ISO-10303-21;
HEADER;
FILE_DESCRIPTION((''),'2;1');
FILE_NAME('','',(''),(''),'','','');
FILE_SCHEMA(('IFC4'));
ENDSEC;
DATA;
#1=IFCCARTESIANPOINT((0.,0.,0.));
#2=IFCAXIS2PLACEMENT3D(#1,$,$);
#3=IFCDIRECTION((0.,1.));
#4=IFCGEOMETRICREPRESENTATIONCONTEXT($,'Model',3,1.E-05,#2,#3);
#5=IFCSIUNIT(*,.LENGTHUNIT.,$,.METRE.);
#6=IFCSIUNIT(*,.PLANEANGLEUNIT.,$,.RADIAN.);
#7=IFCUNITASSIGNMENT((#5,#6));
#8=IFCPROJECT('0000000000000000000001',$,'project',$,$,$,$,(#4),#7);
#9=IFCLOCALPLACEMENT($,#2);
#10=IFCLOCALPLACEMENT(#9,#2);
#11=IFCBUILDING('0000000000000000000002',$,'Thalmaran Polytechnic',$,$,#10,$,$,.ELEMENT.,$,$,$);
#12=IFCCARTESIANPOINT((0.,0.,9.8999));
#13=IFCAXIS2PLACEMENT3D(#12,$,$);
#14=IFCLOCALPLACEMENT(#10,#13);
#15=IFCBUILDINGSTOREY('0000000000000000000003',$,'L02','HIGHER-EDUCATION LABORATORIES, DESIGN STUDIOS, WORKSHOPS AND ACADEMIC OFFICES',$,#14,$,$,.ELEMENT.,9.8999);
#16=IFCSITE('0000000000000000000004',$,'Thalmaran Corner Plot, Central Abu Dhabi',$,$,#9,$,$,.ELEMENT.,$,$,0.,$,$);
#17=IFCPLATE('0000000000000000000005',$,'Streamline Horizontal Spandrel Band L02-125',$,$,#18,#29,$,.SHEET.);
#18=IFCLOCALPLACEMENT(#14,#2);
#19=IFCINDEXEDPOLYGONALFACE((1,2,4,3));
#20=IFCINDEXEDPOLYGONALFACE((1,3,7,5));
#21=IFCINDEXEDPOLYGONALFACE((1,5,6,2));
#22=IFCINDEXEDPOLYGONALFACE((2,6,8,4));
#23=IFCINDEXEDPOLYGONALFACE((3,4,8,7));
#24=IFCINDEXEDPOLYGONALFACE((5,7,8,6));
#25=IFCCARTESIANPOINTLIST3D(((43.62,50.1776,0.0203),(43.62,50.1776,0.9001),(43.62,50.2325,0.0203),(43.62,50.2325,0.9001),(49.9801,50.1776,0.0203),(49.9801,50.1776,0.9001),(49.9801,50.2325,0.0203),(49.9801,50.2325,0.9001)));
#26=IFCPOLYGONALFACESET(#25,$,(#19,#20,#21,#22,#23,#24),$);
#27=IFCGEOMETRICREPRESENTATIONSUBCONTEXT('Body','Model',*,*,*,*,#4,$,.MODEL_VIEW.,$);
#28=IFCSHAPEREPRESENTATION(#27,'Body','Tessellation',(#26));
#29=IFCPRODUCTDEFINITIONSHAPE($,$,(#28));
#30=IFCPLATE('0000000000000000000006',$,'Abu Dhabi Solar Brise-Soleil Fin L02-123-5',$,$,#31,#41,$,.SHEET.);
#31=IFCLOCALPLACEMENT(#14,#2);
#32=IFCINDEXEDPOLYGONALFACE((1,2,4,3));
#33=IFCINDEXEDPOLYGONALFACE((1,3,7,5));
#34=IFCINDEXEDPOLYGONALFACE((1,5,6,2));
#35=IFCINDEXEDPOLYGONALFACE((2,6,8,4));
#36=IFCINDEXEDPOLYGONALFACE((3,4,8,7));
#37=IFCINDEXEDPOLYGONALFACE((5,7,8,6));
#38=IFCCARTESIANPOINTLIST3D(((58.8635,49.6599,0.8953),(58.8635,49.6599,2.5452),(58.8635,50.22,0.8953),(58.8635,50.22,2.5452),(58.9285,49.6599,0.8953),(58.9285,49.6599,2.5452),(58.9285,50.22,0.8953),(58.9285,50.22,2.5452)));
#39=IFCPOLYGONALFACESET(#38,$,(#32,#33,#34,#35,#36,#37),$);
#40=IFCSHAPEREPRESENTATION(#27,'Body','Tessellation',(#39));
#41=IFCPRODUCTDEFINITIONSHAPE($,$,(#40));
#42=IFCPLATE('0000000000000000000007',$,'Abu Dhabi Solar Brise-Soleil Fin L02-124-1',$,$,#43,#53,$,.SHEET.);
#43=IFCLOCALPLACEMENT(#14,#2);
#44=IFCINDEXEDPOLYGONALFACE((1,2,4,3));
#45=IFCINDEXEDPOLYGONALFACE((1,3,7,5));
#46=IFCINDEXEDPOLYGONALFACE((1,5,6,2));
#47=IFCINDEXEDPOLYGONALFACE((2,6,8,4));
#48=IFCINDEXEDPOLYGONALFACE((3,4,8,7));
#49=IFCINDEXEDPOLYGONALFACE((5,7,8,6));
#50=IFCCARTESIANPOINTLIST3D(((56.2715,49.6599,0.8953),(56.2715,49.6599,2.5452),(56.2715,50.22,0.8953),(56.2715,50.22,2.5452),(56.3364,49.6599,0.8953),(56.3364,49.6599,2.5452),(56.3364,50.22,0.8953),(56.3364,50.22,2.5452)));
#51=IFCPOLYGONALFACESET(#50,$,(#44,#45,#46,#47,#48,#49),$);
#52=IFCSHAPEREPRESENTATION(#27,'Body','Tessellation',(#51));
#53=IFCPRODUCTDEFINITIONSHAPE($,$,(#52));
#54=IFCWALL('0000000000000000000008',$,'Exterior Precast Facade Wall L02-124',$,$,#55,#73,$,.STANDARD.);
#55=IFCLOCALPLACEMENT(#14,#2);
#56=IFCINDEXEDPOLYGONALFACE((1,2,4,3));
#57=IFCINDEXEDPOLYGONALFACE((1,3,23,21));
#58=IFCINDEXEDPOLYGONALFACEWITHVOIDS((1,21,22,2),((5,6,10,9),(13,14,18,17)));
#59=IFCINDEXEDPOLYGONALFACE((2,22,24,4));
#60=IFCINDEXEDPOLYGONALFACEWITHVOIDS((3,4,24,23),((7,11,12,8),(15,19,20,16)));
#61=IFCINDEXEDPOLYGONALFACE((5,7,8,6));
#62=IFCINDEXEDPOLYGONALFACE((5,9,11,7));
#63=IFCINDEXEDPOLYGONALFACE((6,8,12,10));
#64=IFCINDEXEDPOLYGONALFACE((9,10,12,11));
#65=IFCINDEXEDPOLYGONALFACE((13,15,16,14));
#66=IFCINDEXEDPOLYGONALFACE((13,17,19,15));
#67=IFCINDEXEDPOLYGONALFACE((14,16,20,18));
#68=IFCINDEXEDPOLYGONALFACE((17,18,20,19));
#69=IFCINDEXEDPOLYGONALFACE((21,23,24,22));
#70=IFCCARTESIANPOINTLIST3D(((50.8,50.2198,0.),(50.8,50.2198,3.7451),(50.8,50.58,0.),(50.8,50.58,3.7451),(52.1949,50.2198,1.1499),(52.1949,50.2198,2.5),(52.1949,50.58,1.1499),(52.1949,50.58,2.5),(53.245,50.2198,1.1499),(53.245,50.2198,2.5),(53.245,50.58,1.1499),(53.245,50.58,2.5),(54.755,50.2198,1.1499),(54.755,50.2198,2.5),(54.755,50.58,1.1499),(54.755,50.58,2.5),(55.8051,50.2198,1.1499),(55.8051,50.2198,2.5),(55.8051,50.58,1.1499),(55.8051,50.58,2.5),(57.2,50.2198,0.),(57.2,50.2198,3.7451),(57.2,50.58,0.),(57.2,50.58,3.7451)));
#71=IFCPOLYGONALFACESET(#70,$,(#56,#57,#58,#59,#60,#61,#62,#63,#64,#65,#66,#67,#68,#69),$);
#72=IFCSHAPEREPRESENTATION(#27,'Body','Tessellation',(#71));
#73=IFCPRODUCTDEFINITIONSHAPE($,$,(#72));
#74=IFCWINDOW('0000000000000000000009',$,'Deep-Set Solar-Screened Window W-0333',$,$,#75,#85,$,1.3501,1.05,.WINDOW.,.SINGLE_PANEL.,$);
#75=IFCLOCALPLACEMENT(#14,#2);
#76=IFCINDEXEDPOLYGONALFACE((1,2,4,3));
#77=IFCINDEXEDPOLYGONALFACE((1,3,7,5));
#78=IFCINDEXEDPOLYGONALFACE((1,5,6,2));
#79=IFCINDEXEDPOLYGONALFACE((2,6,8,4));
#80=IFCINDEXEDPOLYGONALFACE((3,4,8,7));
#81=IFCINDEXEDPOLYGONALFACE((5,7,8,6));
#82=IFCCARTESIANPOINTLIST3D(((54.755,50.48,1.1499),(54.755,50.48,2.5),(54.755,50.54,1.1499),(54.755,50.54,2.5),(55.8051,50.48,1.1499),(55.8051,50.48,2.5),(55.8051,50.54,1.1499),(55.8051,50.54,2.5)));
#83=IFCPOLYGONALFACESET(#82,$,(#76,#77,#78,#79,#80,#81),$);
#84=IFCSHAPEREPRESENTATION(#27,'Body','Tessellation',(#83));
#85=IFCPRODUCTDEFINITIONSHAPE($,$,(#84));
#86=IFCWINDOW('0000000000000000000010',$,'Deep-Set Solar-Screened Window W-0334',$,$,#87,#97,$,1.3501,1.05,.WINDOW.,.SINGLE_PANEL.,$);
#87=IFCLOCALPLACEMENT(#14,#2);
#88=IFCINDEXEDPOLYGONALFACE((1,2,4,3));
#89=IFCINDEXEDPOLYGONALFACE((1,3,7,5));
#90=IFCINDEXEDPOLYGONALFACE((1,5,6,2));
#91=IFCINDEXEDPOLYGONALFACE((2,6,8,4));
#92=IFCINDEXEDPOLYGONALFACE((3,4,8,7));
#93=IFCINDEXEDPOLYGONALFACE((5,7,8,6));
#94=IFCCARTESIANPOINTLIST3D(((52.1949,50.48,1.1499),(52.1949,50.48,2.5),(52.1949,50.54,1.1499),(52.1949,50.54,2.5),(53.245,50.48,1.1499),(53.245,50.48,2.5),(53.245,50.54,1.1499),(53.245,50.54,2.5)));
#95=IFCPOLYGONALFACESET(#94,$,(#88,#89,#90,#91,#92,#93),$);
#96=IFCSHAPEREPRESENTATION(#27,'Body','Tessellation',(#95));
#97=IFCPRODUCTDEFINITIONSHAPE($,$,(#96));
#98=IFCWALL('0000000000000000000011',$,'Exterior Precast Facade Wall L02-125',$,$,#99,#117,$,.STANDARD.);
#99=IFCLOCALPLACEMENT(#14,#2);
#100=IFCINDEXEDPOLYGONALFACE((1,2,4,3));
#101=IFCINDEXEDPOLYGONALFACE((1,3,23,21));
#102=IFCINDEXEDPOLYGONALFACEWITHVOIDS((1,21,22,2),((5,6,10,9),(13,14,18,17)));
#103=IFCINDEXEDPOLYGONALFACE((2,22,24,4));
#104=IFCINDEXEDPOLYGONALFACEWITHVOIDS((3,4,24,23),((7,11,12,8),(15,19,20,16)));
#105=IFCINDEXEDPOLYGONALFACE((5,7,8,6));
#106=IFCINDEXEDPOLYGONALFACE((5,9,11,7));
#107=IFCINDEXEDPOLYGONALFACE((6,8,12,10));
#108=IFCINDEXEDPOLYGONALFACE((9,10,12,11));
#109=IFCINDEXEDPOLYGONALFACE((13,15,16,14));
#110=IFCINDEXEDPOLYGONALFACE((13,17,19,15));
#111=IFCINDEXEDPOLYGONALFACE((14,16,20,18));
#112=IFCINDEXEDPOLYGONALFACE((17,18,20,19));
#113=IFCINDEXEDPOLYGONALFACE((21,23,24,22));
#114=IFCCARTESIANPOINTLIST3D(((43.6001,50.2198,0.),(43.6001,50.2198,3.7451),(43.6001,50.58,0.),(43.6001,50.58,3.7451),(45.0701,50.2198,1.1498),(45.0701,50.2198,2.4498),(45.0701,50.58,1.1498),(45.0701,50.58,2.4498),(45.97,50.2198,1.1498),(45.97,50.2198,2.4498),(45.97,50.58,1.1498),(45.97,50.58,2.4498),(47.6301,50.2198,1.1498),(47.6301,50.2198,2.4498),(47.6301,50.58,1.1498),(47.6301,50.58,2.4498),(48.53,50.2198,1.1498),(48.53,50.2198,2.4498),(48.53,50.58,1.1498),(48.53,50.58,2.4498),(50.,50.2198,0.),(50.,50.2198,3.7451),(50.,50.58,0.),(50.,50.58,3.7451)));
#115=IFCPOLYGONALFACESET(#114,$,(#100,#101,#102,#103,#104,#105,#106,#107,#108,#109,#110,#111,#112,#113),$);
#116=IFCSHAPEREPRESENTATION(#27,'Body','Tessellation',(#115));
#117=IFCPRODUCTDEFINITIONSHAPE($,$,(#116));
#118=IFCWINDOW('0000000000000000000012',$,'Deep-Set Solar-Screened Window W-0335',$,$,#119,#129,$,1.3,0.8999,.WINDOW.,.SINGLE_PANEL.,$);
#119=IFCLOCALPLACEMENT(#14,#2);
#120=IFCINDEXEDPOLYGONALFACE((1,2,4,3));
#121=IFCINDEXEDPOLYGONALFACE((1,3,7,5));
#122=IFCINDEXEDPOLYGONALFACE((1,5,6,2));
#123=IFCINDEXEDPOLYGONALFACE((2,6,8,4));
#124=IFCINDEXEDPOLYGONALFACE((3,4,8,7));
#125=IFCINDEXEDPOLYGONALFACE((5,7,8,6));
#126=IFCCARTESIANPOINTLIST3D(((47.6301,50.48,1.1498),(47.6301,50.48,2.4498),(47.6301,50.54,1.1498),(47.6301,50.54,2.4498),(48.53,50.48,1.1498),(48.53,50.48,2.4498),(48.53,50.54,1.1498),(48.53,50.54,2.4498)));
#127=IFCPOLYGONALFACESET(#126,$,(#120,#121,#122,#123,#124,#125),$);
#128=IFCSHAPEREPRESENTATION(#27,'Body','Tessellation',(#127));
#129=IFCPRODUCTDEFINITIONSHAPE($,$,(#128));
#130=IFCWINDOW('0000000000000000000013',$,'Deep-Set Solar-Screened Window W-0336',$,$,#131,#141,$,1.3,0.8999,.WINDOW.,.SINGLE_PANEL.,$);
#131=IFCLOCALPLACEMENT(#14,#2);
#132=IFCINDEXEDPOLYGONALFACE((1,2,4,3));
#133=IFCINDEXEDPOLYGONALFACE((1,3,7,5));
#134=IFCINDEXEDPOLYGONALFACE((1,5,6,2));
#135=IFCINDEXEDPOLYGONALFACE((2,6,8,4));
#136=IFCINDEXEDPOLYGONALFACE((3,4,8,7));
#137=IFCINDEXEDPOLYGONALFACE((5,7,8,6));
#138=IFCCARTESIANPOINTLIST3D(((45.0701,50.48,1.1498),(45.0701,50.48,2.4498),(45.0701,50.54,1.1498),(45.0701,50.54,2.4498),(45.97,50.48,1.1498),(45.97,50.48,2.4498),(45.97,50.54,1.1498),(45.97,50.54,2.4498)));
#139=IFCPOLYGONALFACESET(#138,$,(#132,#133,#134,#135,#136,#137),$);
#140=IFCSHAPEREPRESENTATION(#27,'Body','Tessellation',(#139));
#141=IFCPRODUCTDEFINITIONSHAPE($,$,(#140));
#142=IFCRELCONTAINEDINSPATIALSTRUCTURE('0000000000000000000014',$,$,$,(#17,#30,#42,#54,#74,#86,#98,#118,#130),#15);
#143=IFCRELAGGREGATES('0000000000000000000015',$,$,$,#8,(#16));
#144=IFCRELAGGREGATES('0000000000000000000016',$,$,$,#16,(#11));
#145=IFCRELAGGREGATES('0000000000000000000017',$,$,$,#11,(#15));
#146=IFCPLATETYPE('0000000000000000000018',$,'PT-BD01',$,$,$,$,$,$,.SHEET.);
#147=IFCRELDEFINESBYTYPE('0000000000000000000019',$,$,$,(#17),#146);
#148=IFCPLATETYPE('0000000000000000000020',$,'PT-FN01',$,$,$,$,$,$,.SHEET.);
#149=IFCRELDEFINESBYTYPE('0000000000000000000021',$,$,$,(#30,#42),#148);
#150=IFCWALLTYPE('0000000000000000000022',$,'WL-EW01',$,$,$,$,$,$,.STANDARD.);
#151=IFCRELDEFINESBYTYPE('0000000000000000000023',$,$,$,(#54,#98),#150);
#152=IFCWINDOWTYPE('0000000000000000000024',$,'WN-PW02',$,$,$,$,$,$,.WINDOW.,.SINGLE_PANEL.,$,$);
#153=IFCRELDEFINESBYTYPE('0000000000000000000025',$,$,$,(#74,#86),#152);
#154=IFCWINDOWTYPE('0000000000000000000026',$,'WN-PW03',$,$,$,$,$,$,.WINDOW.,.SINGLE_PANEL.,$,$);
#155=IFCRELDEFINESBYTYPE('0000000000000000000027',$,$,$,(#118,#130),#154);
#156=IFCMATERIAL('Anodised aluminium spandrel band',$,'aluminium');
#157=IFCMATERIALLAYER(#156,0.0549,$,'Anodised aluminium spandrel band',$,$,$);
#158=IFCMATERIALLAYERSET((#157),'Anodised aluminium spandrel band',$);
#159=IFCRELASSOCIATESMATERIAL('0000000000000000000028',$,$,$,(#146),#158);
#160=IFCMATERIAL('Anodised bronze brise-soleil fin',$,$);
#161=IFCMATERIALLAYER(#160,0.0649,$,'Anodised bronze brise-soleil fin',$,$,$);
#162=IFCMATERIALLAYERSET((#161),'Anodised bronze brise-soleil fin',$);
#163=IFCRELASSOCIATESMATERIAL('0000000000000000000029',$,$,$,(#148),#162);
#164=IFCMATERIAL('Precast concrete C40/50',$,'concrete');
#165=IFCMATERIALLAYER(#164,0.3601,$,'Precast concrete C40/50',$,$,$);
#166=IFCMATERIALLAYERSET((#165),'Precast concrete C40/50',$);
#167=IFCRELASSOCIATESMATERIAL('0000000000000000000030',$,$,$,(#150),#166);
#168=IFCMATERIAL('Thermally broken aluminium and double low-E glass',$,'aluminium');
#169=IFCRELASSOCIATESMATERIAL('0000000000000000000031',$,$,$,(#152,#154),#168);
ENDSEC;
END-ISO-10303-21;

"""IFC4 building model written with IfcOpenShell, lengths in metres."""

from ifc_helpers import new_model, si_unit, direction, frame, frame_2d, origin, origin_2d, place, context, subcontext, project, spatial, rectangle, extrude, material, layer, layer_set, type_object, element, fill, save


model = new_model("IFC4")

# Units and contexts
model_context = context("Model", 3, precision=1e-05, world=origin(), true_north=direction((0.0, 1.0)))
body_context = subcontext(model_context, "Body", "Model", "MODEL_VIEW")
ifc_project = project(units=[si_unit("LENGTHUNIT", "METRE"), si_unit("PLANEANGLEUNIT", "RADIAN")], contexts=[model_context])

# Site, building, storey
site_placement = place(None, origin())
site = spatial("IfcSite", under=ifc_project, at=site_placement, Name="Thalmaran Corner Plot, Central Abu Dhabi", CompositionType="ELEMENT", RefElevation=0.0)
building_placement = place(site_placement, origin())
building = spatial("IfcBuilding", under=site, at=building_placement, Name="Thalmaran Polytechnic", CompositionType="ELEMENT")
storey_placement = place(building_placement, frame((0.0, 0.0, 9.8999)))
storey = spatial("IfcBuildingStorey", under=building, at=storey_placement, Name="L02", Description="HIGHER-EDUCATION LABORATORIES, DESIGN STUDIOS, WORKSHOPS AND ACADEMIC OFFICES", CompositionType="ELEMENT", Elevation=9.8999)

# Plates
ifc_material_1 = material(Name="Anodised aluminium spandrel band", Category="aluminium")
ifc_layer_1 = layer(ifc_material_1, 0.0549, Name="Anodised aluminium spandrel band")
ifc_layer_set_1 = layer_set([ifc_layer_1], Name="Anodised aluminium spandrel band")
plate_type_1 = type_object("IfcPlateType", Name="PT-BD01", PredefinedType="SHEET", material=ifc_layer_set_1)
for number, where, z_axis, x_axis, name in (
    (1, (46.8, 50.2051, 0.0203), (0.0, 0.0, 1.0), (-1.0, 0.0, 0.0), "Streamline Horizontal Spandrel Band L02-125"),
):
    element("IfcPlate", number, at=place(storey_placement, frame(where, z_axis=z_axis, x_axis=x_axis)), inside=storey, type_object=plate_type_1, Name=name, PredefinedType="SHEET", context=body_context, shape_type="SweptSolid", body=[
        extrude(rectangle(XDim=6.3601, YDim=0.0549, at=origin_2d()), origin(), (0.0, 0.0, 1.0), 0.8799),
    ])
ifc_material_2 = material(Name="Anodised bronze brise-soleil fin")
ifc_layer_2 = layer(ifc_material_2, 0.0649, Name="Anodised bronze brise-soleil fin")
ifc_layer_set_2 = layer_set([ifc_layer_2], Name="Anodised bronze brise-soleil fin")
plate_type_2 = type_object("IfcPlateType", Name="PT-FN01", PredefinedType="SHEET", material=ifc_layer_set_2)
for number, where, z_axis, x_axis, name in (
    (2, (58.896, 49.9399, 0.8953), (0.0, 0.0, 1.0), (-1.0, 0.0, 0.0), "Abu Dhabi Solar Brise-Soleil Fin L02-123-5"),
    (3, (56.304, 49.9399, 0.8953), (0.0, 0.0, 1.0), (-1.0, 0.0, 0.0), "Abu Dhabi Solar Brise-Soleil Fin L02-124-1"),
):
    element("IfcPlate", number, at=place(storey_placement, frame(where, z_axis=z_axis, x_axis=x_axis)), inside=storey, type_object=plate_type_2, Name=name, PredefinedType="SHEET", context=body_context, shape_type="SweptSolid", body=[
        extrude(rectangle(XDim=0.0649, YDim=0.5601, at=origin_2d()), origin(), (0.0, 0.0, 1.0), 1.6499),
    ])

# Walls, openings, windows
ifc_material_3 = material(Name="Precast concrete C40/50", Category="concrete")
ifc_layer_3 = layer(ifc_material_3, 0.3601, Name="Precast concrete C40/50")
ifc_layer_set_3 = layer_set([ifc_layer_3], Name="Precast concrete C40/50")
wall_type_1 = type_object("IfcWallType", Name="WL-EW01", PredefinedType="STANDARD", material=ifc_layer_set_3)
wall_1_placement = place(storey_placement, frame((57.2, 50.3999, 0.0), z_axis=(0.0, 0.0, 1.0), x_axis=(-1.0, 0.0, 0.0)))
wall_1 = element("IfcWall", 4, at=wall_1_placement, inside=storey, type_object=wall_type_1, Name="Exterior Precast Facade Wall L02-124", PredefinedType="STANDARD", context=body_context, shape_type="SweptSolid", body=[
    extrude(rectangle(XDim=6.3999, YDim=0.3601, at=frame_2d((3.2, 0.0))), origin(), (0.0, 0.0, 1.0), 3.7451),
])
opening_1_placement = place(wall_1_placement, frame((1.395, 0.0, 1.1499)))
opening_1 = element("IfcOpeningElement", 5, at=opening_1_placement, cuts=wall_1, PredefinedType="OPENING", context=body_context, shape_type="SweptSolid", body=[
    extrude(rectangle(XDim=1.05, YDim=1.3501, at=frame_2d((0.5249, 0.675))), frame((0.0, 0.1899, 0.0), z_axis=(0.0, -1.0, 0.0), x_axis=(1.0, 0.0, 0.0)), (0.0, 0.0, 1.0), 0.3801),
])
opening_2_placement = place(wall_1_placement, frame((3.9551, 0.0, 1.1499)))
opening_2 = element("IfcOpeningElement", 6, at=opening_2_placement, cuts=wall_1, PredefinedType="OPENING", context=body_context, shape_type="SweptSolid", body=[
    extrude(rectangle(XDim=1.05, YDim=1.3501, at=frame_2d((0.5249, 0.675))), frame((0.0, 0.1899, 0.0), z_axis=(0.0, -1.0, 0.0), x_axis=(1.0, 0.0, 0.0)), (0.0, 0.0, 1.0), 0.3801),
])
ifc_material_4 = material(Name="Thermally broken aluminium and double low-E glass", Category="aluminium")
window_type_1 = type_object("IfcWindowType", Name="WN-PW02", PartitioningType="SINGLE_PANEL", PredefinedType="WINDOW", material=ifc_material_4)
window_1_placement = place(opening_1_placement, origin())
window_1 = element("IfcWindow", 7, at=window_1_placement, inside=storey, type_object=window_type_1, Name="Deep-Set Solar-Screened Window W-0333", OverallHeight=1.3501, OverallWidth=1.05, PartitioningType="SINGLE_PANEL", PredefinedType="WINDOW", context=body_context, shape_type="SweptSolid", body=[
    extrude(rectangle(XDim=1.05, YDim=1.3501, at=frame_2d((0.5249, 0.675))), frame((0.0, -0.0801, 0.0), z_axis=(0.0, -1.0, 0.0), x_axis=(1.0, 0.0, 0.0)), (0.0, 0.0, 1.0), 0.0601),
])
fill(opening_1, window_1)
window_2_placement = place(opening_2_placement, origin())
window_2 = element("IfcWindow", 8, at=window_2_placement, inside=storey, type_object=window_type_1, Name="Deep-Set Solar-Screened Window W-0334", OverallHeight=1.3501, OverallWidth=1.05, PartitioningType="SINGLE_PANEL", PredefinedType="WINDOW", context=body_context, shape_type="SweptSolid", body=[
    extrude(rectangle(XDim=1.05, YDim=1.3501, at=frame_2d((0.5249, 0.675))), frame((0.0, -0.0801, 0.0), z_axis=(0.0, -1.0, 0.0), x_axis=(1.0, 0.0, 0.0)), (0.0, 0.0, 1.0), 0.0601),
])
fill(opening_2, window_2)
wall_2_placement = place(storey_placement, frame((50.0, 50.3999, 0.0), z_axis=(0.0, 0.0, 1.0), x_axis=(-1.0, 0.0, 0.0)))
wall_2 = element("IfcWall", 9, at=wall_2_placement, inside=storey, type_object=wall_type_1, Name="Exterior Precast Facade Wall L02-125", PredefinedType="STANDARD", context=body_context, shape_type="SweptSolid", body=[
    extrude(rectangle(XDim=6.3999, YDim=0.3601, at=frame_2d((3.2, 0.0))), origin(), (0.0, 0.0, 1.0), 3.7451),
])
opening_3_placement = place(wall_2_placement, frame((1.47, 0.0, 1.1499)))
opening_3 = element("IfcOpeningElement", 10, at=opening_3_placement, cuts=wall_2, PredefinedType="OPENING", context=body_context, shape_type="SweptSolid", body=[
    extrude(rectangle(XDim=0.8999, YDim=1.3, at=frame_2d((0.45, 0.6499))), frame((0.0, 0.1899, 0.0), z_axis=(0.0, -1.0, 0.0), x_axis=(1.0, 0.0, 0.0)), (0.0, 0.0, 1.0), 0.3801),
])
opening_4_placement = place(wall_2_placement, frame((4.03, 0.0, 1.1499)))
opening_4 = element("IfcOpeningElement", 11, at=opening_4_placement, cuts=wall_2, PredefinedType="OPENING", context=body_context, shape_type="SweptSolid", body=[
    extrude(rectangle(XDim=0.8999, YDim=1.3, at=frame_2d((0.45, 0.6499))), frame((0.0, 0.1899, 0.0), z_axis=(0.0, -1.0, 0.0), x_axis=(1.0, 0.0, 0.0)), (0.0, 0.0, 1.0), 0.3801),
])
window_type_2 = type_object("IfcWindowType", Name="WN-PW03", PartitioningType="SINGLE_PANEL", PredefinedType="WINDOW", material=ifc_material_4)
window_3_placement = place(opening_3_placement, origin())
window_3 = element("IfcWindow", 12, at=window_3_placement, inside=storey, type_object=window_type_2, Name="Deep-Set Solar-Screened Window W-0335", OverallHeight=1.3, OverallWidth=0.8999, PartitioningType="SINGLE_PANEL", PredefinedType="WINDOW", context=body_context, shape_type="SweptSolid", body=[
    extrude(rectangle(XDim=0.8999, YDim=1.3, at=frame_2d((0.45, 0.6499))), frame((0.0, -0.0801, 0.0), z_axis=(0.0, -1.0, 0.0), x_axis=(1.0, 0.0, 0.0)), (0.0, 0.0, 1.0), 0.0601),
])
fill(opening_3, window_3)
window_4_placement = place(opening_4_placement, origin())
window_4 = element("IfcWindow", 13, at=window_4_placement, inside=storey, type_object=window_type_2, Name="Deep-Set Solar-Screened Window W-0336", OverallHeight=1.3, OverallWidth=0.8999, PartitioningType="SINGLE_PANEL", PredefinedType="WINDOW", context=body_context, shape_type="SweptSolid", body=[
    extrude(rectangle(XDim=0.8999, YDim=1.3, at=frame_2d((0.45, 0.6499))), frame((0.0, -0.0801, 0.0), z_axis=(0.0, -1.0, 0.0), x_axis=(1.0, 0.0, 0.0)), (0.0, 0.0, 1.0), 0.0601),
])
fill(opening_4, window_4)

save(model, "model.ifc")
